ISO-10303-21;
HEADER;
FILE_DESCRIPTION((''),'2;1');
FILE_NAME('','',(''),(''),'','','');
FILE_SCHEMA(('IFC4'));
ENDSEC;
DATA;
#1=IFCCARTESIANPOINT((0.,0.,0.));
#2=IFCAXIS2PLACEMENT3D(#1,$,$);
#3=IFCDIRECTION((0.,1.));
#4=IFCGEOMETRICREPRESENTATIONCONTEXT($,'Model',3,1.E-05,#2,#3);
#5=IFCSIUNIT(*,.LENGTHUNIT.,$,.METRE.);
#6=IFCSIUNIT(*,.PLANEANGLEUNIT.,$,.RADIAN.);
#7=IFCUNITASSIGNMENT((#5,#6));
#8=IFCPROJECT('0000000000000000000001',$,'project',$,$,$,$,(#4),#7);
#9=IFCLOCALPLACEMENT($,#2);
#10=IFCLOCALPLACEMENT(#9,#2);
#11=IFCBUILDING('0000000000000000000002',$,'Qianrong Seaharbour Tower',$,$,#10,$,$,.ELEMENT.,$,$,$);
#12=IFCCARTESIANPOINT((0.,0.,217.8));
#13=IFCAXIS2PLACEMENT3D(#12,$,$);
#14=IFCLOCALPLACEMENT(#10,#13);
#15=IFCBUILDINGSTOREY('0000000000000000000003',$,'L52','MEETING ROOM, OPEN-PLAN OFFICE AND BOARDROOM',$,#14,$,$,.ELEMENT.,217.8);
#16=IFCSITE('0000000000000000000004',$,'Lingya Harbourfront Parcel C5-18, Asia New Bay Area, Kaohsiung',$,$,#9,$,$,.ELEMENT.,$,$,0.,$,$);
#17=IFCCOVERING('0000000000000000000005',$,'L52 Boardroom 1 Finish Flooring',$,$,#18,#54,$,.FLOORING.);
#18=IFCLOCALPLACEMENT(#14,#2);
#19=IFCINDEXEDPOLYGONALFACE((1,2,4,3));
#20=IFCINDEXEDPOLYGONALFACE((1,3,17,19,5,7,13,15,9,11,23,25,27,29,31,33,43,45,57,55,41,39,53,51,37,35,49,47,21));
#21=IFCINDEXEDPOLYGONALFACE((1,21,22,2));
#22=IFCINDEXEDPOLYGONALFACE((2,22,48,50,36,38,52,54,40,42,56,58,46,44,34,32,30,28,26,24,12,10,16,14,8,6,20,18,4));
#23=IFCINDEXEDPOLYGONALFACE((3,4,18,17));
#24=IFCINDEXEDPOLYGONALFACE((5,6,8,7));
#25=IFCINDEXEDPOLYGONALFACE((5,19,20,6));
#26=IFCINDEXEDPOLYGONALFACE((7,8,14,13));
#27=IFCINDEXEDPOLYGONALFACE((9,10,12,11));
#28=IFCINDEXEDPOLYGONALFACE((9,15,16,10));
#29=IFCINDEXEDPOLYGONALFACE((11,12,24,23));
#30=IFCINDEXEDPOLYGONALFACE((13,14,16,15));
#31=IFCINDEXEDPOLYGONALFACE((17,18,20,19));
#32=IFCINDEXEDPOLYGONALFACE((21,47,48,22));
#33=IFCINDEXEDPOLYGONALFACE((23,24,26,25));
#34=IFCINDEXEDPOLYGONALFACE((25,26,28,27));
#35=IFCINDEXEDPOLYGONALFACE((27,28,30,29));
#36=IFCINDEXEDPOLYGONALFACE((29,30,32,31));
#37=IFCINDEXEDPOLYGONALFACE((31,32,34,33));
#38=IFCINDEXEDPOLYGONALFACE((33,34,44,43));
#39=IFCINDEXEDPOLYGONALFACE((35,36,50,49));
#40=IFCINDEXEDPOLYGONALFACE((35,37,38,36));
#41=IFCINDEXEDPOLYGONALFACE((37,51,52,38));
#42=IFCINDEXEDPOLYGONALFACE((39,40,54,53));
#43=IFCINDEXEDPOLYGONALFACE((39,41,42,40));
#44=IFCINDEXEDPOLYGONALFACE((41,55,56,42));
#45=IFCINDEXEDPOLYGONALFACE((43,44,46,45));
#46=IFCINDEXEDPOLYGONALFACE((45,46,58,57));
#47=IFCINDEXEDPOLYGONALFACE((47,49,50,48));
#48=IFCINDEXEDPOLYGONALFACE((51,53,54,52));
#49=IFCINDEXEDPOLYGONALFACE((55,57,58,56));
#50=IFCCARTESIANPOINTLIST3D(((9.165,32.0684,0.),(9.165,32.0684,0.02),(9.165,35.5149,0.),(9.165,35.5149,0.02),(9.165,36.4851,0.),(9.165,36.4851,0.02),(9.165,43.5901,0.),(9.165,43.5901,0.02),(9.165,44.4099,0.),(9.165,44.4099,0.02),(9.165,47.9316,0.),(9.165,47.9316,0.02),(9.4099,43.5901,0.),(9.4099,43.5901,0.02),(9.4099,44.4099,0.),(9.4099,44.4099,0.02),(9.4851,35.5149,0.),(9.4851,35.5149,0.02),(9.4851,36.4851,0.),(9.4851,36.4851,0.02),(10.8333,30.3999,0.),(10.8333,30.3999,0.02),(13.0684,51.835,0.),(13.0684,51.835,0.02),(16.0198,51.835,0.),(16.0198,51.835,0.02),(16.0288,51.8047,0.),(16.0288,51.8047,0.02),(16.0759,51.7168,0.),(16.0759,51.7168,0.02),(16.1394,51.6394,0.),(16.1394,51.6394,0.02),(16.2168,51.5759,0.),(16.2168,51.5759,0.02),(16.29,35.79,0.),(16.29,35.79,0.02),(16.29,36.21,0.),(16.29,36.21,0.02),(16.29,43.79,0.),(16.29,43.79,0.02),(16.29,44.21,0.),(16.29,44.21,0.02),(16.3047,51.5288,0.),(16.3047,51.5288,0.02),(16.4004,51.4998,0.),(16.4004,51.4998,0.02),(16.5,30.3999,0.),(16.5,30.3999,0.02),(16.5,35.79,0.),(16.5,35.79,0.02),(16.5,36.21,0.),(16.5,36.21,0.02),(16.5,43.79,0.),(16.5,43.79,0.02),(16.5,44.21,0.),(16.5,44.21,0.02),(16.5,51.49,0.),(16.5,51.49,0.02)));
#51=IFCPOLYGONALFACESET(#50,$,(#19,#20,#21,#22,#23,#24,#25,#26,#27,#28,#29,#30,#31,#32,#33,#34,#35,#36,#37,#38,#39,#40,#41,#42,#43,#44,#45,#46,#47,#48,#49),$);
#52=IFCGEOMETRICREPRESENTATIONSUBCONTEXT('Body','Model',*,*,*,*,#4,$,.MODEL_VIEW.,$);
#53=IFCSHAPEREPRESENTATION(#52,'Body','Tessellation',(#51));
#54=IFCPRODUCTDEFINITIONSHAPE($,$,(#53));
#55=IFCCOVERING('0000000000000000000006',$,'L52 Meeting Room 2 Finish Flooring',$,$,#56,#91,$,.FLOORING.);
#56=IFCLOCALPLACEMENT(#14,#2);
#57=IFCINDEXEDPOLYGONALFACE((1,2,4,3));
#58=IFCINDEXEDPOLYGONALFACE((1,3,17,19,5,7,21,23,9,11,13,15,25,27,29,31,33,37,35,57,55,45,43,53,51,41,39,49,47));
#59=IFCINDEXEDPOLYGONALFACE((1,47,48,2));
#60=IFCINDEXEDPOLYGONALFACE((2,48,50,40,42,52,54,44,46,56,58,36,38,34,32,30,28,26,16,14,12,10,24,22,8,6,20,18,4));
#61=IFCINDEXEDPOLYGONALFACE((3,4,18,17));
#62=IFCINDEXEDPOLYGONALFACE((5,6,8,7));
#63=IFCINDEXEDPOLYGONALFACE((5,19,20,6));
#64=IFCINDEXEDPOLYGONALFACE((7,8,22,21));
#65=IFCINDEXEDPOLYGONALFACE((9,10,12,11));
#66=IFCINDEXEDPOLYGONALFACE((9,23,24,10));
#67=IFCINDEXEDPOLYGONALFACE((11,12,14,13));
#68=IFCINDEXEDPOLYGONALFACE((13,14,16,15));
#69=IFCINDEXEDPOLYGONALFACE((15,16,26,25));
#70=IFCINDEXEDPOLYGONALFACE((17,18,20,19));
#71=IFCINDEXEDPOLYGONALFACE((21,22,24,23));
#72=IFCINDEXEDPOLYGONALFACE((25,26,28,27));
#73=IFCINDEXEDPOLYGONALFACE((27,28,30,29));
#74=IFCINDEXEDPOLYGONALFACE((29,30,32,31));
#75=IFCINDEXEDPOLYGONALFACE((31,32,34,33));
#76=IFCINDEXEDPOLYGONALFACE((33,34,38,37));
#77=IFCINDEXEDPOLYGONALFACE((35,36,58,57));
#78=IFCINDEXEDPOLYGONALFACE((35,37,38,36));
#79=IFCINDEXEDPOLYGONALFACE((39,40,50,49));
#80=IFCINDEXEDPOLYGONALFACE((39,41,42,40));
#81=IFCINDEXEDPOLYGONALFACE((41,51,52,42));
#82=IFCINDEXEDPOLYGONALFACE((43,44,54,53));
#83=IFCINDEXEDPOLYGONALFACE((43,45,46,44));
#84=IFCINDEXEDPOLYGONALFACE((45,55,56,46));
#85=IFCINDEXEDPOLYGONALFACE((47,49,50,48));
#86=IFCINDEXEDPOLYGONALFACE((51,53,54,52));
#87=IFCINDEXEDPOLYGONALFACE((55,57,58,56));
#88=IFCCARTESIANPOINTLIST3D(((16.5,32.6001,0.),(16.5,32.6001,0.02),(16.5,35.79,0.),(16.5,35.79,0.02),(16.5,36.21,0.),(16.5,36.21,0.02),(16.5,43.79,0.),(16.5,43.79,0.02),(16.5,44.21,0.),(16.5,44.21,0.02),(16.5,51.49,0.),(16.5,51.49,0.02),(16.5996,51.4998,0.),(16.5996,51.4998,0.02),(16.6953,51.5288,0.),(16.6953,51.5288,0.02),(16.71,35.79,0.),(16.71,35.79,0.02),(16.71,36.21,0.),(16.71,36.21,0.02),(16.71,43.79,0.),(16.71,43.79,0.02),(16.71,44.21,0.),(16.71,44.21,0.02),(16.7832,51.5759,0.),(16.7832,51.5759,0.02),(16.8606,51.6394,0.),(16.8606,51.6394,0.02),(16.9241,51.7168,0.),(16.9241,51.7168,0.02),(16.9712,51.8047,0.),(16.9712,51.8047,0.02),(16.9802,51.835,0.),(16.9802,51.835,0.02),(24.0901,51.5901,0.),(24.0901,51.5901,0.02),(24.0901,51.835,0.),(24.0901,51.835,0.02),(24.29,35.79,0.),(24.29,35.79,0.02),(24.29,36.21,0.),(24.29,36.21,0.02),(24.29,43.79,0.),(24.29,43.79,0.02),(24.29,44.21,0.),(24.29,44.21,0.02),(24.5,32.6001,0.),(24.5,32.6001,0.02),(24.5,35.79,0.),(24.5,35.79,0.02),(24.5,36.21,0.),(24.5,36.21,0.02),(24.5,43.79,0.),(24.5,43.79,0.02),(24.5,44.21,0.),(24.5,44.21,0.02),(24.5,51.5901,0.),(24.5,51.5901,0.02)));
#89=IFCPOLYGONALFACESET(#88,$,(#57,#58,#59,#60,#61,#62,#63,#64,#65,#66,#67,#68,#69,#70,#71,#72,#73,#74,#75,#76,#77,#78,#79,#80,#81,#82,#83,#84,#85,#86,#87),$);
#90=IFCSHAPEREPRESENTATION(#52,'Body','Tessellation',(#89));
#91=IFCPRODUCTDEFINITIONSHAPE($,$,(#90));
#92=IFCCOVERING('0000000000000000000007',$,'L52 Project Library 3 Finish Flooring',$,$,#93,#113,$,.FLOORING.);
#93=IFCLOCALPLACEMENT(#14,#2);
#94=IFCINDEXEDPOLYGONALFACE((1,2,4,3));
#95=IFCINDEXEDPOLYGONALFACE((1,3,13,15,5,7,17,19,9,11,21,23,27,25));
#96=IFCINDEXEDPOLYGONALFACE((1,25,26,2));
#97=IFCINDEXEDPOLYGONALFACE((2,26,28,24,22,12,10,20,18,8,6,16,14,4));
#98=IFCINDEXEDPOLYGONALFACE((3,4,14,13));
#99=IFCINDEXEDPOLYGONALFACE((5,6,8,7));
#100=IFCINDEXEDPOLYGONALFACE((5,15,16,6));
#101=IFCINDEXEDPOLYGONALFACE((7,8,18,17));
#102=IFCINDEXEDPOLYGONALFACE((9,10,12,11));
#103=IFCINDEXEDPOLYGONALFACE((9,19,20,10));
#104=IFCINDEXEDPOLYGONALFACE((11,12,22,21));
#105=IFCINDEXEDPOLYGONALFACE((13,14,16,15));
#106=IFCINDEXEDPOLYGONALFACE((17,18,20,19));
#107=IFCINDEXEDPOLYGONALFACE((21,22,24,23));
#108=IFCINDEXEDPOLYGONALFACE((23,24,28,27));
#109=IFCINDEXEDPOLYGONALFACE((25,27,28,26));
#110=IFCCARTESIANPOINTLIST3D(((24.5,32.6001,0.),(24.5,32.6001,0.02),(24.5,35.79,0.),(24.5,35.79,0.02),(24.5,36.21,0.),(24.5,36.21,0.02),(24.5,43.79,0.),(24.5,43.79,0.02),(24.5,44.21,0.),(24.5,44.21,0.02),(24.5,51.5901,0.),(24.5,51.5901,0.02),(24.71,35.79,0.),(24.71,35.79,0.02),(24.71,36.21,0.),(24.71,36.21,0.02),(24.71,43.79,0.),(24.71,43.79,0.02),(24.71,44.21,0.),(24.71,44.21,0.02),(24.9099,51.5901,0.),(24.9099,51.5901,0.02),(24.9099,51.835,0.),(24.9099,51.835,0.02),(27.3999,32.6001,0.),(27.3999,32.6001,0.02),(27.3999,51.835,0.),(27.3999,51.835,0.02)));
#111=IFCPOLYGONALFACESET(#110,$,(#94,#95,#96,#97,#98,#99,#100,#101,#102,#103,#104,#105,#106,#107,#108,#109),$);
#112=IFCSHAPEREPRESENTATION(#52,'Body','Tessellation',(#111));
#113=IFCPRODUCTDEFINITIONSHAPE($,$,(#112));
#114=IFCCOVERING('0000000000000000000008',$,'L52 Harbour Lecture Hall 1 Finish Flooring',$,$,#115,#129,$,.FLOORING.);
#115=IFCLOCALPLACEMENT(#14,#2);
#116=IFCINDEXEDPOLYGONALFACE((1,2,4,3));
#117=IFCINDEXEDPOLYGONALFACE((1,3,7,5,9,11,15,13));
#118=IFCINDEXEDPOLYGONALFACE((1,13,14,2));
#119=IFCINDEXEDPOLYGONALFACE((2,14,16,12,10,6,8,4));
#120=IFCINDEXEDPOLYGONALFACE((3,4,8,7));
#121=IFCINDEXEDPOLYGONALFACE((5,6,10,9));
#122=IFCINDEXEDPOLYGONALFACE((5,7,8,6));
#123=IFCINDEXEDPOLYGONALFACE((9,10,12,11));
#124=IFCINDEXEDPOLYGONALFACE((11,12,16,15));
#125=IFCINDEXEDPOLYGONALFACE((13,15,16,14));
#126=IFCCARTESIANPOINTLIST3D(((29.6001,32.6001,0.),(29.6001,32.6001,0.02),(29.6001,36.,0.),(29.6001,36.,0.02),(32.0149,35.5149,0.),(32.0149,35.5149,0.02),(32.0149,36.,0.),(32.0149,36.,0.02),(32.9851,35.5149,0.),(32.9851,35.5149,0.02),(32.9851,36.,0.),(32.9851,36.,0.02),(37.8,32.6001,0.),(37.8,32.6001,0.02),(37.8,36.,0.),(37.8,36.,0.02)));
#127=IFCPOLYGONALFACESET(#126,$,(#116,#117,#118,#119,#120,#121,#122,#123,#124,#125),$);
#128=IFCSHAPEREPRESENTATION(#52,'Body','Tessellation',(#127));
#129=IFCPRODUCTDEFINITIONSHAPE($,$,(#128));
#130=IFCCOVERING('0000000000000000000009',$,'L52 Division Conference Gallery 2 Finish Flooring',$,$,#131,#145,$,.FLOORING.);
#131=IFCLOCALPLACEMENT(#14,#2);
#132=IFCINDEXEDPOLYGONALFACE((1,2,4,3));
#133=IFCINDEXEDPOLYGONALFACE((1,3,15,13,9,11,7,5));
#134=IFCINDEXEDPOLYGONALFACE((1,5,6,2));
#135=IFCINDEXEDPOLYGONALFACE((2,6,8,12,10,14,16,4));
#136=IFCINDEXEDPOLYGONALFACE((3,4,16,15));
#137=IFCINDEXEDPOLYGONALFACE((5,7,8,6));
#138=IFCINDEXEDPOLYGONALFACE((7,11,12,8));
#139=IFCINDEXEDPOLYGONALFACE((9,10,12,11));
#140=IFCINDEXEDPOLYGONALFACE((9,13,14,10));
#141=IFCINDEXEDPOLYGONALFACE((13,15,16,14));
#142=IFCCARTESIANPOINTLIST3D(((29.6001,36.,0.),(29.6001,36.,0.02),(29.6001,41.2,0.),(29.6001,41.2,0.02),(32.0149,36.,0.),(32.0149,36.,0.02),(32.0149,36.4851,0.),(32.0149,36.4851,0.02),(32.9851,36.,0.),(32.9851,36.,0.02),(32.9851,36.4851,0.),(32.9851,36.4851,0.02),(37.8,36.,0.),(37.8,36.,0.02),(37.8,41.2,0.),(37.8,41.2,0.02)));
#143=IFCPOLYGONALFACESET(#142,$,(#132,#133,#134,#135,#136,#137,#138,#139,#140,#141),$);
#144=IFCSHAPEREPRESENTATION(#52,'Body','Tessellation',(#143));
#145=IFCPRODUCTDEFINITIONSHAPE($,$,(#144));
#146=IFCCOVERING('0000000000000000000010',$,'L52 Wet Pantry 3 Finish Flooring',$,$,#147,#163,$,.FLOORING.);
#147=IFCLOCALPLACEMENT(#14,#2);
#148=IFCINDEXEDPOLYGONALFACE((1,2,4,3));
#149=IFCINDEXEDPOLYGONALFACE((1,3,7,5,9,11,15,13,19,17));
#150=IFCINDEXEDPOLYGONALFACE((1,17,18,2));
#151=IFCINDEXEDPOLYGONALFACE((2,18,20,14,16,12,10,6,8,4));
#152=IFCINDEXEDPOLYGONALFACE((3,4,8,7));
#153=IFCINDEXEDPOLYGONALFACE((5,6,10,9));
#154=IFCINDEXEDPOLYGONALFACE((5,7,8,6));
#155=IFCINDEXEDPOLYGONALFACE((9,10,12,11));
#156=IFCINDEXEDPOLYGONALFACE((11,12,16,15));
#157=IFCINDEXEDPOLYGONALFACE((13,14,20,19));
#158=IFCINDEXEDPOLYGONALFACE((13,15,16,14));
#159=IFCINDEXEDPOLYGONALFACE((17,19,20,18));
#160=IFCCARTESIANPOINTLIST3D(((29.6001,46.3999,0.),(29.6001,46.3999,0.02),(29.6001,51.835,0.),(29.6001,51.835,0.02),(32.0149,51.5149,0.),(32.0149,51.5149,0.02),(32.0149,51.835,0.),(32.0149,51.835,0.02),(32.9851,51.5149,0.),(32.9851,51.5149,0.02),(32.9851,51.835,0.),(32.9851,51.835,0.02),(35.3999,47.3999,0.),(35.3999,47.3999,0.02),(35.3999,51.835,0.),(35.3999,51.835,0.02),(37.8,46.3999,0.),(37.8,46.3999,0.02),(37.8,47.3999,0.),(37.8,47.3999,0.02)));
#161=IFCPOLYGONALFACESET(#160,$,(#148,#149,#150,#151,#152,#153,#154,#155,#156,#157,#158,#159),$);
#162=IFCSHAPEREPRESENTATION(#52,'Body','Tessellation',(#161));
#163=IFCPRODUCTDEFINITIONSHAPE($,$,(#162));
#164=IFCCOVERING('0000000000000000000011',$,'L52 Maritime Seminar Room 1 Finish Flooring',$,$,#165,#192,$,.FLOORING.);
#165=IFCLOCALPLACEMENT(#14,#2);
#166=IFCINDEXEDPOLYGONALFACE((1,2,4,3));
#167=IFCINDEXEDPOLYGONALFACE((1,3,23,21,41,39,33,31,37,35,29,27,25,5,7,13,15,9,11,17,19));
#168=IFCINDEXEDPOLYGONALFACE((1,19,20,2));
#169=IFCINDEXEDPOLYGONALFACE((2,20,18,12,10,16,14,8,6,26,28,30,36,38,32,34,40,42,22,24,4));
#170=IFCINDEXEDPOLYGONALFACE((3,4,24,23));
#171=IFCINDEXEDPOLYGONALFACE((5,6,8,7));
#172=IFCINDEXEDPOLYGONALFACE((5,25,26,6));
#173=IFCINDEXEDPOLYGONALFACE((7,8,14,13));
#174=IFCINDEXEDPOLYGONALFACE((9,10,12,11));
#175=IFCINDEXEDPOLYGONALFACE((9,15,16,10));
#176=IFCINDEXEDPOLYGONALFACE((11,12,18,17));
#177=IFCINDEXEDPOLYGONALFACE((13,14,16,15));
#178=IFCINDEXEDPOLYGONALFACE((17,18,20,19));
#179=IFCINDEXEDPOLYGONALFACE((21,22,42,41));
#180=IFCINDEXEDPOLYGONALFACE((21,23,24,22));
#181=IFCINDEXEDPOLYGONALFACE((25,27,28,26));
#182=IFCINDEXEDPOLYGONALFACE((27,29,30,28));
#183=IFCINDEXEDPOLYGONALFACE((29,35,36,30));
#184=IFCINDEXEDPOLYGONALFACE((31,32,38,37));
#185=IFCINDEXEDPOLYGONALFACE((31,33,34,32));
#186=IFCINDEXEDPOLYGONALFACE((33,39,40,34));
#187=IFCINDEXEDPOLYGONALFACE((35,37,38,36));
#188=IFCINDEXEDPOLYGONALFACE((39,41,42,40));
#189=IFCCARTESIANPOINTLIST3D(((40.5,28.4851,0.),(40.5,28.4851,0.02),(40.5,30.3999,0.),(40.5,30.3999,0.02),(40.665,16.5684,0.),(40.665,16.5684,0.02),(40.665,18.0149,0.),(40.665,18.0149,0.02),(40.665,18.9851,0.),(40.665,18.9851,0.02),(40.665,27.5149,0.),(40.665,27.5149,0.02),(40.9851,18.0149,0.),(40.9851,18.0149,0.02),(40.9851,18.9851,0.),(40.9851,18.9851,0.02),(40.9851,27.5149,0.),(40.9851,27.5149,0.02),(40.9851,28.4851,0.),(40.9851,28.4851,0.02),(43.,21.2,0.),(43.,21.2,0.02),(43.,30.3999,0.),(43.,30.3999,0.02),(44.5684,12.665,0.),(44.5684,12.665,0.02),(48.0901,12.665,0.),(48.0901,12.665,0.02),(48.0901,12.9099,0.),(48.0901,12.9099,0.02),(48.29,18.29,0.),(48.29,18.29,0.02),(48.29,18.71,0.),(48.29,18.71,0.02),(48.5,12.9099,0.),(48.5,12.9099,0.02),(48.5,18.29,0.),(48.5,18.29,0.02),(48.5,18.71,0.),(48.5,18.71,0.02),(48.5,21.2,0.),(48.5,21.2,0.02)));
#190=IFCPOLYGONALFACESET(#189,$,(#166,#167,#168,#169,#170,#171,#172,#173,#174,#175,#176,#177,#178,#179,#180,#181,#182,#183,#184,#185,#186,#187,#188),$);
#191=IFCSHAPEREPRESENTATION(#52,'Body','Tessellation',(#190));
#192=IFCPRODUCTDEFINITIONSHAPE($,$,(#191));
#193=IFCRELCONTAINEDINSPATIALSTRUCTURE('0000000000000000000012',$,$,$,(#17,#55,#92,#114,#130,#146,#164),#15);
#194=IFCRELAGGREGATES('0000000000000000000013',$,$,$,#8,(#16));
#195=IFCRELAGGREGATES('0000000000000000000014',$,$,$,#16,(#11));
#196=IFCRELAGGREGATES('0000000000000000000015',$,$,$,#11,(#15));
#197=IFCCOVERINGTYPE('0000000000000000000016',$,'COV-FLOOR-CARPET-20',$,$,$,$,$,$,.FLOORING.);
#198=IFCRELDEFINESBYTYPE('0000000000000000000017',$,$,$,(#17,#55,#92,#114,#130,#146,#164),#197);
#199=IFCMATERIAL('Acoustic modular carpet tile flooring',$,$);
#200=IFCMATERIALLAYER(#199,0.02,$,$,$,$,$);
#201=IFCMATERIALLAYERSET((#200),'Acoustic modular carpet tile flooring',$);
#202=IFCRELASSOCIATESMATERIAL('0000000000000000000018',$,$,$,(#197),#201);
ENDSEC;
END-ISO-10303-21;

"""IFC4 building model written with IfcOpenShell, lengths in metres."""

from ifc_helpers import new_model, si_unit, direction, frame, origin, place, context, subcontext, project, spatial, polyline, outline, extrude, material, layer, layer_set, type_object, element, save


model = new_model("IFC4")

# Units and contexts
model_context = context("Model", 3, precision=1e-05, world=origin(), true_north=direction((0.0, 1.0)))
body_context = subcontext(model_context, "Body", "Model", "MODEL_VIEW")
ifc_project = project(units=[si_unit("LENGTHUNIT", "METRE"), si_unit("PLANEANGLEUNIT", "RADIAN")], contexts=[model_context])

# Site, building, storey
site_placement = place(None, origin())
site = spatial("IfcSite", under=ifc_project, at=site_placement, Name="Lingya Harbourfront Parcel C5-18, Asia New Bay Area, Kaohsiung", CompositionType="ELEMENT", RefElevation=0.0)
building_placement = place(site_placement, origin())
building = spatial("IfcBuilding", under=site, at=building_placement, Name="Qianrong Seaharbour Tower", CompositionType="ELEMENT")
storey_placement = place(building_placement, frame((0.0, 0.0, 217.8)))
storey = spatial("IfcBuildingStorey", under=building, at=storey_placement, Name="L52", Description="MEETING ROOM, OPEN-PLAN OFFICE AND BOARDROOM", CompositionType="ELEMENT", Elevation=217.8)

# Coverings
ifc_material_1 = material(Name="Acoustic modular carpet tile flooring")
ifc_layer_1 = layer(ifc_material_1, 0.02)
ifc_layer_set_1 = layer_set([ifc_layer_1], Name="Acoustic modular carpet tile flooring")
covering_type_1 = type_object("IfcCoveringType", Name="COV-FLOOR-CARPET-20", PredefinedType="FLOORING", material=ifc_layer_set_1)
covering_1_placement = place(storey_placement, origin())
element("IfcCovering", 1, at=covering_1_placement, inside=storey, type_object=covering_type_1, Name="L52 Boardroom 1 Finish Flooring", PredefinedType="FLOORING", context=body_context, shape_type="SweptSolid", body=[
    extrude(outline(polyline([(9.165, 32.0684), (9.165, 35.5149), (9.4851, 35.5149), (9.4851, 36.4851), (9.165, 36.4851), (9.165, 43.5901), (9.4099, 43.5901), (9.4099, 44.4099), (9.165, 44.4099), (9.165, 47.9316), (13.0684, 51.835), (16.0198, 51.835), (16.0288, 51.8047), (16.0759, 51.7168), (16.1394, 51.6394), (16.2168, 51.5759), (16.3047, 51.5288), (16.4004, 51.4998), (16.5, 51.49), (16.5, 44.21), (16.29, 44.21), (16.29, 43.79), (16.5, 43.79), (16.5, 36.21), (16.29, 36.21), (16.29, 35.79), (16.5, 35.79), (16.5, 30.3999), (10.8333, 30.3999), (9.165, 32.0684)])), origin(), (0.0, 0.0, 1.0), 0.02),
])
covering_2_placement = place(storey_placement, origin())
element("IfcCovering", 2, at=covering_2_placement, inside=storey, type_object=covering_type_1, Name="L52 Meeting Room 2 Finish Flooring", PredefinedType="FLOORING", context=body_context, shape_type="SweptSolid", body=[
    extrude(outline(polyline([(24.0901, 51.835), (24.0901, 51.5901), (24.5, 51.5901), (24.5, 44.21), (24.29, 44.21), (24.29, 43.79), (24.5, 43.79), (24.5, 36.21), (24.29, 36.21), (24.29, 35.79), (24.5, 35.79), (24.5, 32.6001), (16.5, 32.6001), (16.5, 35.79), (16.71, 35.79), (16.71, 36.21), (16.5, 36.21), (16.5, 43.79), (16.71, 43.79), (16.71, 44.21), (16.5, 44.21), (16.5, 51.49), (16.5996, 51.4998), (16.6953, 51.5288), (16.7832, 51.5759), (16.8606, 51.6394), (16.9241, 51.7168), (16.9712, 51.8047), (16.9802, 51.835), (24.0901, 51.835)])), origin(), (0.0, 0.0, 1.0), 0.02),
])
covering_3_placement = place(storey_placement, origin())
element("IfcCovering", 3, at=covering_3_placement, inside=storey, type_object=covering_type_1, Name="L52 Project Library 3 Finish Flooring", PredefinedType="FLOORING", context=body_context, shape_type="SweptSolid", body=[
    extrude(outline(polyline([(27.3999, 51.835), (27.3999, 32.6001), (24.5, 32.6001), (24.5, 35.79), (24.71, 35.79), (24.71, 36.21), (24.5, 36.21), (24.5, 43.79), (24.71, 43.79), (24.71, 44.21), (24.5, 44.21), (24.5, 51.5901), (24.9099, 51.5901), (24.9099, 51.835), (27.3999, 51.835)])), origin(), (0.0, 0.0, 1.0), 0.02),
])
covering_4_placement = place(storey_placement, origin())
element("IfcCovering", 4, at=covering_4_placement, inside=storey, type_object=covering_type_1, Name="L52 Harbour Lecture Hall 1 Finish Flooring", PredefinedType="FLOORING", context=body_context, shape_type="SweptSolid", body=[
    extrude(outline(polyline([(32.0149, 36.0), (32.0149, 35.5149), (32.9851, 35.5149), (32.9851, 36.0), (37.8, 36.0), (37.8, 32.6001), (29.6001, 32.6001), (29.6001, 36.0), (32.0149, 36.0)])), origin(), (0.0, 0.0, 1.0), 0.02),
])
covering_5_placement = place(storey_placement, origin())
element("IfcCovering", 5, at=covering_5_placement, inside=storey, type_object=covering_type_1, Name="L52 Division Conference Gallery 2 Finish Flooring", PredefinedType="FLOORING", context=body_context, shape_type="SweptSolid", body=[
    extrude(outline(polyline([(37.8, 41.2), (37.8, 36.0), (32.9851, 36.0), (32.9851, 36.4851), (32.0149, 36.4851), (32.0149, 36.0), (29.6001, 36.0), (29.6001, 41.2), (37.8, 41.2)])), origin(), (0.0, 0.0, 1.0), 0.02),
])
covering_6_placement = place(storey_placement, origin())
element("IfcCovering", 6, at=covering_6_placement, inside=storey, type_object=covering_type_1, Name="L52 Wet Pantry 3 Finish Flooring", PredefinedType="FLOORING", context=body_context, shape_type="SweptSolid", body=[
    extrude(outline(polyline([(32.0149, 51.835), (32.0149, 51.5149), (32.9851, 51.5149), (32.9851, 51.835), (35.3999, 51.835), (35.3999, 47.3999), (37.8, 47.3999), (37.8, 46.3999), (29.6001, 46.3999), (29.6001, 51.835), (32.0149, 51.835)])), origin(), (0.0, 0.0, 1.0), 0.02),
])
covering_7_placement = place(storey_placement, origin())
element("IfcCovering", 7, at=covering_7_placement, inside=storey, type_object=covering_type_1, Name="L52 Maritime Seminar Room 1 Finish Flooring", PredefinedType="FLOORING", context=body_context, shape_type="SweptSolid", body=[
    extrude(outline(polyline([(43.0, 21.2), (48.5, 21.2), (48.5, 18.71), (48.29, 18.71), (48.29, 18.29), (48.5, 18.29), (48.5, 12.9099), (48.0901, 12.9099), (48.0901, 12.665), (44.5684, 12.665), (40.665, 16.5684), (40.665, 18.0149), (40.9851, 18.0149), (40.9851, 18.9851), (40.665, 18.9851), (40.665, 27.5149), (40.9851, 27.5149), (40.9851, 28.4851), (40.5, 28.4851), (40.5, 30.3999), (43.0, 30.3999), (43.0, 21.2)])), origin(), (0.0, 0.0, 1.0), 0.02),
])

save(model, "model.ifc")
